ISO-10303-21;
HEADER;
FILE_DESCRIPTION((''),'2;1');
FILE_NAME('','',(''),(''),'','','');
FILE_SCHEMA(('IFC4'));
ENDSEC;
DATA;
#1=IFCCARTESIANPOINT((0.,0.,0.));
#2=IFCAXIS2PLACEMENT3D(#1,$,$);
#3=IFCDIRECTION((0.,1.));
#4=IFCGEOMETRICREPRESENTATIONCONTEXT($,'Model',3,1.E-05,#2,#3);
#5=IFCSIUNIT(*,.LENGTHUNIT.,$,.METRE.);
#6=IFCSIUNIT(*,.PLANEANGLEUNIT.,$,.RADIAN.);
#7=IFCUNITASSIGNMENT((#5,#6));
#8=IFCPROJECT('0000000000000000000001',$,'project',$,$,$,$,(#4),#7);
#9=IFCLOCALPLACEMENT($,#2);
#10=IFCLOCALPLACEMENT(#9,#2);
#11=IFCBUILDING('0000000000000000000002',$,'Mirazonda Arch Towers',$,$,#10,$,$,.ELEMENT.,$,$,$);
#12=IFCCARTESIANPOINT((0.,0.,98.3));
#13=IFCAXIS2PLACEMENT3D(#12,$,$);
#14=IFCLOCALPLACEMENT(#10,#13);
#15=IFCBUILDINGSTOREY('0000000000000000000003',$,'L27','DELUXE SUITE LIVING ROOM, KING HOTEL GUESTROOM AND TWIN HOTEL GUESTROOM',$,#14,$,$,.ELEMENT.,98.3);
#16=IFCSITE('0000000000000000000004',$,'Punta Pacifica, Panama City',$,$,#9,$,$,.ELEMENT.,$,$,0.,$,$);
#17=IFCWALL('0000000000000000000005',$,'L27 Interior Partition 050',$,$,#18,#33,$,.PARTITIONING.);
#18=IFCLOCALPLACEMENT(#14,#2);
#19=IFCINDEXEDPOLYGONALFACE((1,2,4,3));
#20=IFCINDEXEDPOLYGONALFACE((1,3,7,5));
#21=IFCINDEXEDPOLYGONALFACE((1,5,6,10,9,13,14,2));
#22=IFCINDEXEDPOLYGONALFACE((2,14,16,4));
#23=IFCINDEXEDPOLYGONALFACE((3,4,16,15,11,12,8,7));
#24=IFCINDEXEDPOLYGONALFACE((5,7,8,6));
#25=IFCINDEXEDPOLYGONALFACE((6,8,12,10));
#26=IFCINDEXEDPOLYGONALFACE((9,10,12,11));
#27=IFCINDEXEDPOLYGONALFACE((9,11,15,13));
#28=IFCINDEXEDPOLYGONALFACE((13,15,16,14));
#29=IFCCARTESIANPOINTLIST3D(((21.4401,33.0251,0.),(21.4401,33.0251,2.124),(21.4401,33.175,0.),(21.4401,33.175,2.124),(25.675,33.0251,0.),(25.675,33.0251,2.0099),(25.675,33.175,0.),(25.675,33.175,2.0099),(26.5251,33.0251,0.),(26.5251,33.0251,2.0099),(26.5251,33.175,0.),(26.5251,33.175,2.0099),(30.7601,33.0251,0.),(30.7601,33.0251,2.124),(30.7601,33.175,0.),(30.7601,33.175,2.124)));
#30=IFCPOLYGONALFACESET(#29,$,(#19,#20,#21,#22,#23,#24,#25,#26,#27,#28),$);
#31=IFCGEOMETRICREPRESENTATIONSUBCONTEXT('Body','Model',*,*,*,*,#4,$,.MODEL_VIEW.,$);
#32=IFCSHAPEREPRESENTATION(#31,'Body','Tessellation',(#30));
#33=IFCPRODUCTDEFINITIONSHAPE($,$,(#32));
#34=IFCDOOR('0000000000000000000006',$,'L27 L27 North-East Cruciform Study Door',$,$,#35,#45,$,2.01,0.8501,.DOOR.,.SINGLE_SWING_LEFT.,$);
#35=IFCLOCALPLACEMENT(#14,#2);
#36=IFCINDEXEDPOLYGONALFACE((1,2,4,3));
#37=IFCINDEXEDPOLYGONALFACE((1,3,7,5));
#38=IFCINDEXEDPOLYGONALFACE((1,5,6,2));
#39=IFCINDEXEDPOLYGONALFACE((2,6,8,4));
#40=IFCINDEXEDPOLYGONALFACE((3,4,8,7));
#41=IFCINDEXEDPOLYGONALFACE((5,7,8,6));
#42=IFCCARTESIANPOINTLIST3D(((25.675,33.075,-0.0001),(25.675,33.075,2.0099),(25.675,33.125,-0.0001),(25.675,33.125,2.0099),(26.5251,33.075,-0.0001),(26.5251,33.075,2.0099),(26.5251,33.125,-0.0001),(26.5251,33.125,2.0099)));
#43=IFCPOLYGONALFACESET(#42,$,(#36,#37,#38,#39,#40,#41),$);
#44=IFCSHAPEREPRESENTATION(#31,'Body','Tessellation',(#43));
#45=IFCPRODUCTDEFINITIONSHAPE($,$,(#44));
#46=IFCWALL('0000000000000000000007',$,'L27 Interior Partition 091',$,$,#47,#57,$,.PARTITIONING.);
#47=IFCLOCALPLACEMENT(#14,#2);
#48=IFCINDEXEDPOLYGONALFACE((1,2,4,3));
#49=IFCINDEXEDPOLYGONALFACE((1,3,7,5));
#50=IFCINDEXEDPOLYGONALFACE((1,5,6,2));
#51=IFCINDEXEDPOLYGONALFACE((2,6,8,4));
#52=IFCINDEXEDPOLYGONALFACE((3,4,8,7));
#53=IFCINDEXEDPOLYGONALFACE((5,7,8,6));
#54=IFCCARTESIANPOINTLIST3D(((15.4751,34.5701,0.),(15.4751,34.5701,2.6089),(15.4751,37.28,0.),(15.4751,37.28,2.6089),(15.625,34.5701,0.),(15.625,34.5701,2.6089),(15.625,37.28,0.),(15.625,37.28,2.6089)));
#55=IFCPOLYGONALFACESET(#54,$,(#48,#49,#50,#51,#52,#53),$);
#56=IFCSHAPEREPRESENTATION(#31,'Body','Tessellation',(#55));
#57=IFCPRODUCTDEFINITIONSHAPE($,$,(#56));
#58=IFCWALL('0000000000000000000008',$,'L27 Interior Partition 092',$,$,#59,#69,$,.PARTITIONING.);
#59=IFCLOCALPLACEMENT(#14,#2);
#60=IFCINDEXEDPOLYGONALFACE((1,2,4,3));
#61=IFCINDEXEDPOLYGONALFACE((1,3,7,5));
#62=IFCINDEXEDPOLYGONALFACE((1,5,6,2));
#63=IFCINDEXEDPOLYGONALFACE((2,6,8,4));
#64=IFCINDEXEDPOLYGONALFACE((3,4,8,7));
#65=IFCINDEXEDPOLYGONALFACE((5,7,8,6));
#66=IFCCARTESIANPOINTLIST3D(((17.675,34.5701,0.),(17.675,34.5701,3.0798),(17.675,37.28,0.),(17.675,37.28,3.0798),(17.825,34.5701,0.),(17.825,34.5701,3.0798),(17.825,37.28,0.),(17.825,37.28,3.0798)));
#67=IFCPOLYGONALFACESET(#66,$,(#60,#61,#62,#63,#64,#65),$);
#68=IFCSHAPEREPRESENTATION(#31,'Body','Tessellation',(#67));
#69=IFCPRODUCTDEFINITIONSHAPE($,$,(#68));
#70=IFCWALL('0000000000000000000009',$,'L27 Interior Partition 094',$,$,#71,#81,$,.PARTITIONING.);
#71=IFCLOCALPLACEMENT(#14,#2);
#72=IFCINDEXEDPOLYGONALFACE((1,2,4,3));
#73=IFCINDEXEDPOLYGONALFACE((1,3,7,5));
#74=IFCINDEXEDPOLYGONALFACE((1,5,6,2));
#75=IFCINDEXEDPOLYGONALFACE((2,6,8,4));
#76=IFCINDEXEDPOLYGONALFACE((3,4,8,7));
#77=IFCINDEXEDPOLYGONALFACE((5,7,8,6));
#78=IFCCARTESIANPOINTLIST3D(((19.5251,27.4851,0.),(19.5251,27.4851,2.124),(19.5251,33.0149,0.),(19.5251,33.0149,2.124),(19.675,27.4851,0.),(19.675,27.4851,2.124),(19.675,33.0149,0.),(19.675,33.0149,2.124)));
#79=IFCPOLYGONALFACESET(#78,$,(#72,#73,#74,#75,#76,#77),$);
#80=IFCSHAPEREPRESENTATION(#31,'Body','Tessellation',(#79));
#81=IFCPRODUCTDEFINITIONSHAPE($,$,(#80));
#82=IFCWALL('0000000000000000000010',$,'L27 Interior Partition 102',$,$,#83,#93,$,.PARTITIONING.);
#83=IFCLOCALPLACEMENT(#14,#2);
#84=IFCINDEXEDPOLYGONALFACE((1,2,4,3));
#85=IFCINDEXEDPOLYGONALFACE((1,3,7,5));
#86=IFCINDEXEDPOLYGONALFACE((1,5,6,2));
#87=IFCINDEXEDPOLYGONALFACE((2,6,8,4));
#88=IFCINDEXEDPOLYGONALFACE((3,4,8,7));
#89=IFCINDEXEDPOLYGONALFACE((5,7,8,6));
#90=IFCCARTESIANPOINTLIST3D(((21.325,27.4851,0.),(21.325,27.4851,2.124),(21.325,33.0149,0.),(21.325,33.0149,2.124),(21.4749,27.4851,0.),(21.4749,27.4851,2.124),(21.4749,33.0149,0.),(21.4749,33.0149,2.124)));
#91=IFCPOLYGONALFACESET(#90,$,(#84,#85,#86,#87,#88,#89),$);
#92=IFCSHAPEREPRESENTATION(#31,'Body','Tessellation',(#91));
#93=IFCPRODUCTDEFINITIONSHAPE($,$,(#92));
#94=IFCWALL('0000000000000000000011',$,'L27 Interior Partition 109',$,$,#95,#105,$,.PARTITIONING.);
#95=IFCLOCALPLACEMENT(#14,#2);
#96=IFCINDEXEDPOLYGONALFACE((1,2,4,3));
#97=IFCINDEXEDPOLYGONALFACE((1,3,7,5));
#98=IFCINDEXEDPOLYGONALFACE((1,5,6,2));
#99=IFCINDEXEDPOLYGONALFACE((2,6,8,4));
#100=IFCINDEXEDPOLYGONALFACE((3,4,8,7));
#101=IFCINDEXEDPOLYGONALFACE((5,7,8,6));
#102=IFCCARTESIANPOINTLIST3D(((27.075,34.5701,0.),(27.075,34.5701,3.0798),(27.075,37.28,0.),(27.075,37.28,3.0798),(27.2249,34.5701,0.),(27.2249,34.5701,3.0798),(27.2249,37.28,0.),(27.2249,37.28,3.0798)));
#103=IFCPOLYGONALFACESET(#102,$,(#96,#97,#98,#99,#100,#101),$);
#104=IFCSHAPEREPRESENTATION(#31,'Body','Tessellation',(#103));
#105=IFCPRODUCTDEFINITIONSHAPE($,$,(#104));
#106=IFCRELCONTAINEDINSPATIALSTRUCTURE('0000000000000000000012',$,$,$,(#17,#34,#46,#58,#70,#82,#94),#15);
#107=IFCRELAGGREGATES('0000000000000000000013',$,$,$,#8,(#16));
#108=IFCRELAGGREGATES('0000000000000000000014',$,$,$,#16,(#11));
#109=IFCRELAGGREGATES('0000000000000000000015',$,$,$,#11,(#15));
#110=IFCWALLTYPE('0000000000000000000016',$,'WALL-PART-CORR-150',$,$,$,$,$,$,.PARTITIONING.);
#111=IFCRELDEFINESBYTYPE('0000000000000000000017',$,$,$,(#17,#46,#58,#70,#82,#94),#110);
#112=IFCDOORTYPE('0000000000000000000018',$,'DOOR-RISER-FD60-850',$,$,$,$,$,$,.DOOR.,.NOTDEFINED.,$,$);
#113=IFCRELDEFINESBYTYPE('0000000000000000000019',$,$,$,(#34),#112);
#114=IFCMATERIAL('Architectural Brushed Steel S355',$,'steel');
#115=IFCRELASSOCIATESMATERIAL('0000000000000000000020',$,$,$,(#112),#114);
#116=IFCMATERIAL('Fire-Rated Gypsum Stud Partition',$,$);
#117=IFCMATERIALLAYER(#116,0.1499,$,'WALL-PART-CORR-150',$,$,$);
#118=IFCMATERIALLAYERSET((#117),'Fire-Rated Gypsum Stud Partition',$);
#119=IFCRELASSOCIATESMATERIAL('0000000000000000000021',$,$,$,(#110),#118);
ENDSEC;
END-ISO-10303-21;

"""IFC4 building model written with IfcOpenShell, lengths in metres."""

from ifc_helpers import new_model, si_unit, direction, frame, frame_2d, origin, place, context, subcontext, project, spatial, rectangle, extrude, material, layer, layer_set, type_object, element, fill, save


model = new_model("IFC4")

# Units and contexts
model_context = context("Model", 3, precision=1e-05, world=origin(), true_north=direction((0.0, 1.0)))
body_context = subcontext(model_context, "Body", "Model", "MODEL_VIEW")
ifc_project = project(units=[si_unit("LENGTHUNIT", "METRE"), si_unit("PLANEANGLEUNIT", "RADIAN")], contexts=[model_context])

# Site, building, storey
site_placement = place(None, origin())
site = spatial("IfcSite", under=ifc_project, at=site_placement, Name="Punta Pacifica, Panama City", CompositionType="ELEMENT", RefElevation=0.0)
building_placement = place(site_placement, origin())
building = spatial("IfcBuilding", under=site, at=building_placement, Name="Mirazonda Arch Towers", CompositionType="ELEMENT")
storey_placement = place(building_placement, frame((0.0, 0.0, 98.3)))
storey = spatial("IfcBuildingStorey", under=building, at=storey_placement, Name="L27", Description="DELUXE SUITE LIVING ROOM, KING HOTEL GUESTROOM AND TWIN HOTEL GUESTROOM", CompositionType="ELEMENT", Elevation=98.3)

# Shared definitions
ifc_material_1 = material(Name="Architectural Brushed Steel S355", Category="steel")
door_type = type_object("IfcDoorType", Name="DOOR-RISER-FD60-850", OperationType="NOTDEFINED", PredefinedType="DOOR", material=ifc_material_1)

# Shared definitions
ifc_material_2 = material(Name="Fire-Rated Gypsum Stud Partition")
ifc_layer_1 = layer(ifc_material_2, 0.1499, Name="WALL-PART-CORR-150")
ifc_layer_set_1 = layer_set([ifc_layer_1], Name="Fire-Rated Gypsum Stud Partition")
wall_type_1 = type_object("IfcWallType", Name="WALL-PART-CORR-150", PredefinedType="PARTITIONING", material=ifc_layer_set_1)

# Wall, opening, door
wall_1_placement = place(storey_placement, frame((21.4399, 33.1001, 0.0), z_axis=(0.0, 0.0, 1.0), x_axis=(1.0, 0.0, 0.0)))
wall_1 = element("IfcWall", 1, at=wall_1_placement, inside=storey, type_object=wall_type_1, Name="L27 Interior Partition 050", PredefinedType="PARTITIONING", context=body_context, shape_type="SweptSolid", body=[
    extrude(rectangle(XDim=9.3201, YDim=0.1499, at=frame_2d((4.6602, 0.0))), origin(), (0.0, 0.0, 1.0), 2.124),
])
opening_1_placement = place(wall_1_placement, frame((4.2351, 0.0, 0.0)))
opening_1 = element("IfcOpeningElement", 2, at=opening_1_placement, cuts=wall_1, PredefinedType="OPENING", context=body_context, shape_type="SweptSolid", body=[
    extrude(rectangle(XDim=0.8501, YDim=2.01, at=frame_2d((0.425, 1.0049))), frame((0.0, 0.085, 0.0), z_axis=(0.0, -1.0, 0.0), x_axis=(1.0, 0.0, 0.0)), (0.0, 0.0, 1.0), 0.1699),
])
door_1_placement = place(opening_1_placement, origin())
door_1 = element("IfcDoor", 3, at=door_1_placement, inside=storey, type_object=door_type, Name="L27 L27 North-East Cruciform Study Door", OperationType="SINGLE_SWING_LEFT", OverallHeight=2.01, OverallWidth=0.8501, PredefinedType="DOOR", context=body_context, shape_type="SweptSolid", body=[
    extrude(rectangle(XDim=0.8501, YDim=2.01, at=frame_2d((0.425, 1.0049))), frame((0.0, 0.0249, 0.0), z_axis=(0.0, -1.0, 0.0), x_axis=(1.0, 0.0, 0.0)), (0.0, 0.0, 1.0), 0.05),
])
fill(opening_1, door_1)

# Walls
wall_2_placement = place(storey_placement, frame((15.55, 34.5701, 0.0), z_axis=(0.0, 0.0, 1.0), x_axis=(0.0, 1.0, 0.0)))
element("IfcWall", 4, at=wall_2_placement, inside=storey, type_object=wall_type_1, Name="L27 Interior Partition 091", PredefinedType="PARTITIONING", context=body_context, shape_type="SweptSolid", body=[
    extrude(rectangle(XDim=2.71, YDim=0.1499, at=frame_2d((1.355, 0.0))), origin(), (0.0, 0.0, 1.0), 2.6089),
])
wall_3_placement = place(storey_placement, frame((17.75, 34.5701, 0.0), z_axis=(0.0, 0.0, 1.0), x_axis=(0.0, 1.0, 0.0)))
element("IfcWall", 5, at=wall_3_placement, inside=storey, type_object=wall_type_1, Name="L27 Interior Partition 092", PredefinedType="PARTITIONING", context=body_context, shape_type="SweptSolid", body=[
    extrude(rectangle(XDim=2.71, YDim=0.1499, at=frame_2d((1.355, 0.0))), origin(), (0.0, 0.0, 1.0), 3.0798),
])
for number, where, z_axis, x_axis, name in (
    (6, (19.6001, 27.4851, 0.0), (0.0, 0.0, 1.0), (0.0, 1.0, 0.0), "L27 Interior Partition 094"),
    (7, (21.3999, 27.4851, 0.0), (0.0, 0.0, 1.0), (0.0, 1.0, 0.0), "L27 Interior Partition 102"),
):
    element("IfcWall", number, at=place(storey_placement, frame(where, z_axis=z_axis, x_axis=x_axis)), inside=storey, type_object=wall_type_1, Name=name, PredefinedType="PARTITIONING", context=body_context, shape_type="SweptSolid", body=[
        extrude(rectangle(XDim=5.5298, YDim=0.1499, at=frame_2d((2.7649, 0.0))), origin(), (0.0, 0.0, 1.0), 2.124),
    ])
wall_4_placement = place(storey_placement, frame((27.1499, 34.5701, 0.0), z_axis=(0.0, 0.0, 1.0), x_axis=(0.0, 1.0, 0.0)))
element("IfcWall", 8, at=wall_4_placement, inside=storey, type_object=wall_type_1, Name="L27 Interior Partition 109", PredefinedType="PARTITIONING", context=body_context, shape_type="SweptSolid", body=[
    extrude(rectangle(XDim=2.71, YDim=0.1499, at=frame_2d((1.355, 0.0))), origin(), (0.0, 0.0, 1.0), 3.0798),
])

save(model, "model.ifc")
